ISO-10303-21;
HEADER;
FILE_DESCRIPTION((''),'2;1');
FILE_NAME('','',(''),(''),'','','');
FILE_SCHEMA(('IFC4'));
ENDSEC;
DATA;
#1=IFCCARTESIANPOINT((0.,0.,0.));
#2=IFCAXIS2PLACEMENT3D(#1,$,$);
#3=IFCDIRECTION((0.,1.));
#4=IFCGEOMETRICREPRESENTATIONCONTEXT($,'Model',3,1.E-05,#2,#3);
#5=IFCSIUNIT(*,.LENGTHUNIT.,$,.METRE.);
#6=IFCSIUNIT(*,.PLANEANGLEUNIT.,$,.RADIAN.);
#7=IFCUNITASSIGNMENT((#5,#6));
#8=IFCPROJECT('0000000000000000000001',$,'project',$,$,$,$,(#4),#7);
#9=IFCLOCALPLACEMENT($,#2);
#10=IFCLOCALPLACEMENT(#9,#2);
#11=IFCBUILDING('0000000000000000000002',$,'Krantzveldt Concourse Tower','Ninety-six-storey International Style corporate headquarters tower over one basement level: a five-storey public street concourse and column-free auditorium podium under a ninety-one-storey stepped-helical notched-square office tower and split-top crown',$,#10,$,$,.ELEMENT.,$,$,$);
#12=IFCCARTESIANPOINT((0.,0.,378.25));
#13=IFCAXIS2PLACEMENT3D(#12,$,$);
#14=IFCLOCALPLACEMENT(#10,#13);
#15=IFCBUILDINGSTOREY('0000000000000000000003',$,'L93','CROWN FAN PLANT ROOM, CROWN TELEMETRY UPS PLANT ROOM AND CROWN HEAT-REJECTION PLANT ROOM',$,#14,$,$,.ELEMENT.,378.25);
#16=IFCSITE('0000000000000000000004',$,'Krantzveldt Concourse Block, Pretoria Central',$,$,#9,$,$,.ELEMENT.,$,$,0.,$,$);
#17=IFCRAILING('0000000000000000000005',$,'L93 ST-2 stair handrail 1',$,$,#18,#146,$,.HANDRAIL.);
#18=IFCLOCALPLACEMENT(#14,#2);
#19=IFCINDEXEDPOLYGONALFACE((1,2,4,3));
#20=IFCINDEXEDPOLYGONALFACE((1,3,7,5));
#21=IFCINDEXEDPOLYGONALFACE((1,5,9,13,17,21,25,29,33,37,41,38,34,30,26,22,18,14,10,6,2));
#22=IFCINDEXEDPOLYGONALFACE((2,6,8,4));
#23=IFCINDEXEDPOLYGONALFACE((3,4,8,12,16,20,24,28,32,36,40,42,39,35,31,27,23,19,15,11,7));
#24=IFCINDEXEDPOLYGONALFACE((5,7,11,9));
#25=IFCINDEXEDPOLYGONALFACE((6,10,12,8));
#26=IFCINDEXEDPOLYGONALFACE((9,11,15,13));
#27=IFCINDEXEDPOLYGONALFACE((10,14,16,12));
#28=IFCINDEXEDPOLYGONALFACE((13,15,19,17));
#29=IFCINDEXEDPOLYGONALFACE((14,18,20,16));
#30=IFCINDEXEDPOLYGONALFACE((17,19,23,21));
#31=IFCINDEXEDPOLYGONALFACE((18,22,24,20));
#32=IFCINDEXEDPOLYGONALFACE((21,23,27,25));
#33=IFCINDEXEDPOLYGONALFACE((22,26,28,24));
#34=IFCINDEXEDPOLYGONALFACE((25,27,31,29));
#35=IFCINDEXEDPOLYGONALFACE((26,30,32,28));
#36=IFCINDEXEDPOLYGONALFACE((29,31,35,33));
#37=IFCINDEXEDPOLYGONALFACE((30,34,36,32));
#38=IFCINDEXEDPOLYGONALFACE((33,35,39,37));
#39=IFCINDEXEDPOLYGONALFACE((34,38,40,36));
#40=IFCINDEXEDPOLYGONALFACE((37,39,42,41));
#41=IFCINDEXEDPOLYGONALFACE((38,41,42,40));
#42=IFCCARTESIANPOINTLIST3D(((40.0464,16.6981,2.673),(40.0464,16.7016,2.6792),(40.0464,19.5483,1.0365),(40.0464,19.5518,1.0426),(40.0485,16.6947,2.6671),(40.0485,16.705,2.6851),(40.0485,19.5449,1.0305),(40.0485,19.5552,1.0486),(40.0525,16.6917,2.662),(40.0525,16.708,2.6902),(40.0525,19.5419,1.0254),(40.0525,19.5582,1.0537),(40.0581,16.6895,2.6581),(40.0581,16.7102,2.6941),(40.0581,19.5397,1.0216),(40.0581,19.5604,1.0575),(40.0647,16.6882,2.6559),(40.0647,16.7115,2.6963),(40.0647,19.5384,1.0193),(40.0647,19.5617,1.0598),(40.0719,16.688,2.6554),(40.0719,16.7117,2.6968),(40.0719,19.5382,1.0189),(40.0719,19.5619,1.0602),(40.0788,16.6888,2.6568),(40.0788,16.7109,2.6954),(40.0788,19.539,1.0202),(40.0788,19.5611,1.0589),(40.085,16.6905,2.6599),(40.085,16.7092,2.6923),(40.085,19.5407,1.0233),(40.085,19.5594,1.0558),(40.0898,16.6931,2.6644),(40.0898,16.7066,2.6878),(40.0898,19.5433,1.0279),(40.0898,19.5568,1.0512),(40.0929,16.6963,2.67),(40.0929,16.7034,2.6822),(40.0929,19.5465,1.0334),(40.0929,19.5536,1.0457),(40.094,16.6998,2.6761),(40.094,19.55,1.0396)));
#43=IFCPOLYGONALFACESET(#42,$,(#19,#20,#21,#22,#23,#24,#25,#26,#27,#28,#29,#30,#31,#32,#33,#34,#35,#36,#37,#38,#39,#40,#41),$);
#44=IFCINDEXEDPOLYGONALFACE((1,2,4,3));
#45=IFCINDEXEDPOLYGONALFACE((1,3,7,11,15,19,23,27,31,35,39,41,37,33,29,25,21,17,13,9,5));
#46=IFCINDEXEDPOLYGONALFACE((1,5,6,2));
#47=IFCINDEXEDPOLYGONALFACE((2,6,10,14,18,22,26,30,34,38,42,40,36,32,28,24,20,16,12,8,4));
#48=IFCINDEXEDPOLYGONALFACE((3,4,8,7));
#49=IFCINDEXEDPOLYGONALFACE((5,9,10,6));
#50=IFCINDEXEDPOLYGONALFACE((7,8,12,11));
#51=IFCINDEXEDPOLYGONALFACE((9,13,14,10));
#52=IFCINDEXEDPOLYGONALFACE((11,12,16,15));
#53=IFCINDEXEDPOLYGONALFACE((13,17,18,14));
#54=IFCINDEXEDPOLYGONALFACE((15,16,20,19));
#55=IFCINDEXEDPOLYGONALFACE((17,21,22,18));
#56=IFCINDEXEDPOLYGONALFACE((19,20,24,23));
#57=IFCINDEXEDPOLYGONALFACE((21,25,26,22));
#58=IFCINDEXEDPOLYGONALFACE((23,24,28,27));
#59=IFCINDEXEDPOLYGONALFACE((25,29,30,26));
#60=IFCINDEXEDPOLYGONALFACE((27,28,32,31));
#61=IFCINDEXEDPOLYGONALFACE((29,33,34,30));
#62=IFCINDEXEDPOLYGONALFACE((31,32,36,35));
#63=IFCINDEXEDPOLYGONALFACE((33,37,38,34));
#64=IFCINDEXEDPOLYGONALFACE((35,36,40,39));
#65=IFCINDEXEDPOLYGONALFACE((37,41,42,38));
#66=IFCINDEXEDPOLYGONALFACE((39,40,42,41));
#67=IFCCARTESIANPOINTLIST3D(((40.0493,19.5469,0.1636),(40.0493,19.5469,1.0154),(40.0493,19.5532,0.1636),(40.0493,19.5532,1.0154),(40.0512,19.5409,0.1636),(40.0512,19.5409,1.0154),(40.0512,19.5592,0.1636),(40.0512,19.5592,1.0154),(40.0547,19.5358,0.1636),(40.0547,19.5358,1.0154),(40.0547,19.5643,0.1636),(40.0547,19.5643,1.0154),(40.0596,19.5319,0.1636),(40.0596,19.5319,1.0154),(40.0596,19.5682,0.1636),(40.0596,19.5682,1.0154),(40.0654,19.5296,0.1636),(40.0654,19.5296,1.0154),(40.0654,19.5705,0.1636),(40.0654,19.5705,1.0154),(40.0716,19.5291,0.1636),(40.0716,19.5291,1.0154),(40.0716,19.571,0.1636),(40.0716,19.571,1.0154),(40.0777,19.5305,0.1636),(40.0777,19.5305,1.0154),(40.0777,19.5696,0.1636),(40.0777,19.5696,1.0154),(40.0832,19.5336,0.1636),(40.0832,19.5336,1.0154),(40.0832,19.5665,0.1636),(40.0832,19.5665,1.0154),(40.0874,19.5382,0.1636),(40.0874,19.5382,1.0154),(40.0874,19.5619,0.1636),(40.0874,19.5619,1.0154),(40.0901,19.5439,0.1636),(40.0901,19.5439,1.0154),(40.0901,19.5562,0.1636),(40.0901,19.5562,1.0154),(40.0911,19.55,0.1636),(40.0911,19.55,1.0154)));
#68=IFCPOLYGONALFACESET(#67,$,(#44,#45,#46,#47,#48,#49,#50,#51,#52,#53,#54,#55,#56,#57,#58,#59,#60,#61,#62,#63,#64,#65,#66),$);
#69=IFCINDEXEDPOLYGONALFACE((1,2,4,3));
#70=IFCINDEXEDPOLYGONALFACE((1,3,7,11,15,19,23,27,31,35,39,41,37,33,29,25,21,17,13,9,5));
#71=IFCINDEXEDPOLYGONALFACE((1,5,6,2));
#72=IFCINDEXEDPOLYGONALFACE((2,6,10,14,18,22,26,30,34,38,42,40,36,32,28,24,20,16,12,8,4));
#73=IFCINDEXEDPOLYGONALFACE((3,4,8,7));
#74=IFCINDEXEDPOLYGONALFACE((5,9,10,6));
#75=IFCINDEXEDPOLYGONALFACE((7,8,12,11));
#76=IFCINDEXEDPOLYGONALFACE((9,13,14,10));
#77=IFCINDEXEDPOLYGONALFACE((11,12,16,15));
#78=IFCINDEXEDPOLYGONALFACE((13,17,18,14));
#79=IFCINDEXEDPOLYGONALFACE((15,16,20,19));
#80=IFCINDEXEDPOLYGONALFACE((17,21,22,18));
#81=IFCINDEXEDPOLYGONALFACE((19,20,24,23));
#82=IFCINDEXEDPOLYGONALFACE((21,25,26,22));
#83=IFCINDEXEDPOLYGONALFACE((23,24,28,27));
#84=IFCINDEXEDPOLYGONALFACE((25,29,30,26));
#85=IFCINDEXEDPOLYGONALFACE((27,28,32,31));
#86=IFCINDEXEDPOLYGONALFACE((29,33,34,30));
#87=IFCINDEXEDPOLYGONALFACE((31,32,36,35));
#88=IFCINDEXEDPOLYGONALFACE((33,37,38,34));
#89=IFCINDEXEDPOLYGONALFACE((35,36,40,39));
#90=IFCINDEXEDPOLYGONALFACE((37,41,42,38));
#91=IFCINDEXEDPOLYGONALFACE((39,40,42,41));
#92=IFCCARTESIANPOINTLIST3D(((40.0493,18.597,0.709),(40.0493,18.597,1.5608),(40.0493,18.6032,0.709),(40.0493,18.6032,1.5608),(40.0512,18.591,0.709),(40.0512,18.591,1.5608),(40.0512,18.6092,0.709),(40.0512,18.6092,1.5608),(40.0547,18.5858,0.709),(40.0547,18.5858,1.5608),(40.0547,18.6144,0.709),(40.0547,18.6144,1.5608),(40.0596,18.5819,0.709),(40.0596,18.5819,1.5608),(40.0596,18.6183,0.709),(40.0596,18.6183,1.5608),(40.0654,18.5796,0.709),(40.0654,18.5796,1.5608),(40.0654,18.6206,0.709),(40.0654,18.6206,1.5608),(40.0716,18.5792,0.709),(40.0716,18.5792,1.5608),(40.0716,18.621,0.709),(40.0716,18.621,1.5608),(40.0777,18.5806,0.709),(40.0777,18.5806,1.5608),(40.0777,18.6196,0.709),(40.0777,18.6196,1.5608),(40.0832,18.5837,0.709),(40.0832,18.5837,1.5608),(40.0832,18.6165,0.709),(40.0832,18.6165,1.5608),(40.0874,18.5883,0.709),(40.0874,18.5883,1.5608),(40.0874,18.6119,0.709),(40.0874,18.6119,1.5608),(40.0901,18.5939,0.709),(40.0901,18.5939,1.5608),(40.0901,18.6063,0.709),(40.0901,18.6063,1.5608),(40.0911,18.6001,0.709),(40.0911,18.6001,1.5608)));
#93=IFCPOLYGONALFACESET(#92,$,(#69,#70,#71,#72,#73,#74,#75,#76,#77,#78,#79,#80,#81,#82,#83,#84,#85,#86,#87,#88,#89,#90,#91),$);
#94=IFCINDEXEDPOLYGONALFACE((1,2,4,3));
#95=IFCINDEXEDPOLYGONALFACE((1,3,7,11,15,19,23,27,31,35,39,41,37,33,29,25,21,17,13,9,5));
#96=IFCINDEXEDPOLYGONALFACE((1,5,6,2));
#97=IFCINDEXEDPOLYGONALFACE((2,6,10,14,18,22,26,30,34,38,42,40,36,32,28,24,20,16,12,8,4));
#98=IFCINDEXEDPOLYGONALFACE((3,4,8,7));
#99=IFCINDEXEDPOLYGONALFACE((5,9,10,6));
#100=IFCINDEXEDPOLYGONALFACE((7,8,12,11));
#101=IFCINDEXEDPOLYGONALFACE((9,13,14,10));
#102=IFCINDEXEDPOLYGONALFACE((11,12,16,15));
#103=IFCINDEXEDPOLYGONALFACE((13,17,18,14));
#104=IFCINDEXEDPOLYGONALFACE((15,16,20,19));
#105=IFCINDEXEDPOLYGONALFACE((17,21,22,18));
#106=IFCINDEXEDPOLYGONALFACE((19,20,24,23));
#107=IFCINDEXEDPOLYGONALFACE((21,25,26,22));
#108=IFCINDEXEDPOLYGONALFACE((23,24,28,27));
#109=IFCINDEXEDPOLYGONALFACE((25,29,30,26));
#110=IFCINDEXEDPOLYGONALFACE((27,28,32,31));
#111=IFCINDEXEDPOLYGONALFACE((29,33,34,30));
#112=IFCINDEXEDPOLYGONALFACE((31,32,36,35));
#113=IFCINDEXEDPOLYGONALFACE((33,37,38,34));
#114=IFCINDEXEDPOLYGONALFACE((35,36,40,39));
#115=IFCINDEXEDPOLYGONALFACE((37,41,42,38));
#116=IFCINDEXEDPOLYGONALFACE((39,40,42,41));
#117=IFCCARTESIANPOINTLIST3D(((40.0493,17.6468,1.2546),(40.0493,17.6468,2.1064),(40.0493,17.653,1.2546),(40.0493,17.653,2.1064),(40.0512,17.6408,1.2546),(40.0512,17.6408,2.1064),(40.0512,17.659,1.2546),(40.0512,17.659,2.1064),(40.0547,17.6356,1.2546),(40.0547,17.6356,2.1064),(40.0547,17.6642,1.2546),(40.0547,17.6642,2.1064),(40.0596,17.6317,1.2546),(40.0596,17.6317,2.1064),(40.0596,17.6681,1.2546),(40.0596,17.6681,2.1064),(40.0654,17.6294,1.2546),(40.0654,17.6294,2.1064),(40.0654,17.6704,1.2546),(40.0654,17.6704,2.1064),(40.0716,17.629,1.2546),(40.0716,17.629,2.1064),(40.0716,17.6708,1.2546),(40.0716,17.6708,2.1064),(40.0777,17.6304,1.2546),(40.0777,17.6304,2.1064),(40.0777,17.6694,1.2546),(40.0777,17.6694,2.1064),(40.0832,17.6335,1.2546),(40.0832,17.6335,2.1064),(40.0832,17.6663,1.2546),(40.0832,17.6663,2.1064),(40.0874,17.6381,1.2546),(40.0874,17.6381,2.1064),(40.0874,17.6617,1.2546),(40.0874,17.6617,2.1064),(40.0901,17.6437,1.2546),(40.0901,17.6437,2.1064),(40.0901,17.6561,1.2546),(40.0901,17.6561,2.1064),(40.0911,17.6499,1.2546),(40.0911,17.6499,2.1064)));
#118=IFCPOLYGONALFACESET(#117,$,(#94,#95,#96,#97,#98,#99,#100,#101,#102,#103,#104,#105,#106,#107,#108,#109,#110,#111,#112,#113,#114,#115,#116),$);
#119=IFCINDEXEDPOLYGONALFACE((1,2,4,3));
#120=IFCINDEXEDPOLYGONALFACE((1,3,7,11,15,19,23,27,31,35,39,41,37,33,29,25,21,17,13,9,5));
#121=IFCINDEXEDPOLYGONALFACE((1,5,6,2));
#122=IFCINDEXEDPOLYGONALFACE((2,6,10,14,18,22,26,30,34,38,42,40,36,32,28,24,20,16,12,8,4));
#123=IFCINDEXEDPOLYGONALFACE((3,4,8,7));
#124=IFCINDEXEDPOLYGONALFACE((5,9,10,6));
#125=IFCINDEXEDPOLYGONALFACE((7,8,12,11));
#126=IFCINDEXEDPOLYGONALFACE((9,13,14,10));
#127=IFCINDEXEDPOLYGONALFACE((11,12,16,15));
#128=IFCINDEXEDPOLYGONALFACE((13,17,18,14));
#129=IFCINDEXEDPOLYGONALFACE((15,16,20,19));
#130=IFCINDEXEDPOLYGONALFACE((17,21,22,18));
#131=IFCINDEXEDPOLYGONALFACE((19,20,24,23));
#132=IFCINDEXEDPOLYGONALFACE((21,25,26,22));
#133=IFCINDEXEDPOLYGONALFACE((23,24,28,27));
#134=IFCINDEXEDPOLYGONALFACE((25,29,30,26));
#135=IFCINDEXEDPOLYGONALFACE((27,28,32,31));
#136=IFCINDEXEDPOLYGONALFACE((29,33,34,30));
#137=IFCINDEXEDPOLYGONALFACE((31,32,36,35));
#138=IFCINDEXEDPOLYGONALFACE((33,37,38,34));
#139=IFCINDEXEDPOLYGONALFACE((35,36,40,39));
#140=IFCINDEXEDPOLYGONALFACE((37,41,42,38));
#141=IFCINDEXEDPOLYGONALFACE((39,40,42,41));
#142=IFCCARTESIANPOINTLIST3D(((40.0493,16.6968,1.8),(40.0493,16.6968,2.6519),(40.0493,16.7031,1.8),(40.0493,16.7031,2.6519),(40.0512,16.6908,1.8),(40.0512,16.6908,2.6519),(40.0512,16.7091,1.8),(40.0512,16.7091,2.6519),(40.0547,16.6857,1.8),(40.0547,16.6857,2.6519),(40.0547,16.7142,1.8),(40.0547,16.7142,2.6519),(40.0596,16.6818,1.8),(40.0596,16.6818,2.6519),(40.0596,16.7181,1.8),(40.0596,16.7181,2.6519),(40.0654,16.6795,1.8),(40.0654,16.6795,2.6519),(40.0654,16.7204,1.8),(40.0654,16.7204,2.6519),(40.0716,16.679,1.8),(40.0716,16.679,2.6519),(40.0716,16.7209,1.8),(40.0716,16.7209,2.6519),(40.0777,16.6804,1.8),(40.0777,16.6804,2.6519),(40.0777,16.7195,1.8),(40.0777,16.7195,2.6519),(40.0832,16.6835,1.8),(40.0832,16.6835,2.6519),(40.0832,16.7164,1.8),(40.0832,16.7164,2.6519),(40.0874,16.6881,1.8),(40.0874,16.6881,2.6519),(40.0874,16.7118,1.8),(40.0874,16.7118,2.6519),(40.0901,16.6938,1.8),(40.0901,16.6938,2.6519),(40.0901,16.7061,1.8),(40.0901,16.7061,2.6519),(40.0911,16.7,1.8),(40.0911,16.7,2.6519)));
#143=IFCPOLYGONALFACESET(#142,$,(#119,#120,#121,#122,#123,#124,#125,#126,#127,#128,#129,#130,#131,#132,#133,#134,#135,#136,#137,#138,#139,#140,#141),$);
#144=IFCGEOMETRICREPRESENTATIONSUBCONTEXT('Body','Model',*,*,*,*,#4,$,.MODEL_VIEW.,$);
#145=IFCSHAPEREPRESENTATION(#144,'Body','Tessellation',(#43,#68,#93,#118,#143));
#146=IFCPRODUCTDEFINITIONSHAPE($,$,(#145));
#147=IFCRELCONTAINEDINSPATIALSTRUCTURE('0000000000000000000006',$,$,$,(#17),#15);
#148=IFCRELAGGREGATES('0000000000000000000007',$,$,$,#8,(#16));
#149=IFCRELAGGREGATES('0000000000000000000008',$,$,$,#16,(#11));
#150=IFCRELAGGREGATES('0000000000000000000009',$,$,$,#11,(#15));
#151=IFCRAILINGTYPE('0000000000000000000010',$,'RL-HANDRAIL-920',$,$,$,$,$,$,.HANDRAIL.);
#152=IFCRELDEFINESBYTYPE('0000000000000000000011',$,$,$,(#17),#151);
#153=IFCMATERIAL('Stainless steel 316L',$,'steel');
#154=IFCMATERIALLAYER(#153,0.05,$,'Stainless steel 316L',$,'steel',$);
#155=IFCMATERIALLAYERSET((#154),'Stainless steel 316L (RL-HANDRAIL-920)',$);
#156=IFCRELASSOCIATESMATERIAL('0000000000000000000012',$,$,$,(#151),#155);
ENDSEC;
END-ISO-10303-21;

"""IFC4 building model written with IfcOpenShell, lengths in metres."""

from ifc_helpers import new_model, si_unit, direction, frame, origin, origin_2d, place, context, subcontext, project, spatial, circle, extrude, material, layer, layer_set, type_object, element, save


model = new_model("IFC4")

# Units and contexts
model_context = context("Model", 3, precision=1e-05, world=origin(), true_north=direction((0.0, 1.0)))
body_context = subcontext(model_context, "Body", "Model", "MODEL_VIEW")
ifc_project = project(units=[si_unit("LENGTHUNIT", "METRE"), si_unit("PLANEANGLEUNIT", "RADIAN")], contexts=[model_context])

# Site, building, storey
site_placement = place(None, origin())
site = spatial("IfcSite", under=ifc_project, at=site_placement, Name="Krantzveldt Concourse Block, Pretoria Central", CompositionType="ELEMENT", RefElevation=0.0)
building_placement = place(site_placement, origin())
building = spatial("IfcBuilding", under=site, at=building_placement, Name="Krantzveldt Concourse Tower", Description="Ninety-six-storey International Style corporate headquarters tower over one basement level: a five-storey public street concourse and column-free auditorium podium under a ninety-one-storey stepped-helical notched-square office tower and split-top crown", CompositionType="ELEMENT")
storey_placement = place(building_placement, frame((0.0, 0.0, 378.25)))
storey = spatial("IfcBuildingStorey", under=building, at=storey_placement, Name="L93", Description="CROWN FAN PLANT ROOM, CROWN TELEMETRY UPS PLANT ROOM AND CROWN HEAT-REJECTION PLANT ROOM", CompositionType="ELEMENT", Elevation=378.25)

# Railing
ifc_material_1 = material(Name="Stainless steel 316L", Category="steel")
ifc_layer_1 = layer(ifc_material_1, 0.05, Name="Stainless steel 316L", Category="steel")
ifc_layer_set_1 = layer_set([ifc_layer_1], Name="Stainless steel 316L (RL-HANDRAIL-920)")
railing_type_1 = type_object("IfcRailingType", Name="RL-HANDRAIL-920", PredefinedType="HANDRAIL", material=ifc_layer_set_1)
railing_1_placement = place(storey_placement, frame((40.0701, 19.55, 0.1636)))
element("IfcRailing", 1, at=railing_1_placement, inside=storey, type_object=railing_type_1, Name="L93 ST-2 stair handrail 1", PredefinedType="HANDRAIL", context=body_context, shape_type="SweptSolid", body=[
    extrude(circle(Radius=0.0239, at=origin_2d()), frame((0.0, 0.0, 0.876), z_axis=(0.0, -0.867213, 0.497938), x_axis=(1.0, 0.0, 0.0)), (0.0, 0.0, 1.0), 3.2866),
    extrude(circle(Radius=0.021, at=origin_2d()), origin(), (0.0, 0.0, 1.0), 0.8518),
    extrude(circle(Radius=0.021, at=origin_2d()), frame((0.0, -0.95, 0.5454)), (0.0, 0.0, 1.0), 0.8518),
    extrude(circle(Radius=0.021, at=origin_2d()), frame((0.0, -1.9001, 1.0911)), (0.0, 0.0, 1.0), 0.8518),
    extrude(circle(Radius=0.021, at=origin_2d()), frame((0.0, -2.8501, 1.6365)), (0.0, 0.0, 1.0), 0.8518),
])

save(model, "model.ifc")
